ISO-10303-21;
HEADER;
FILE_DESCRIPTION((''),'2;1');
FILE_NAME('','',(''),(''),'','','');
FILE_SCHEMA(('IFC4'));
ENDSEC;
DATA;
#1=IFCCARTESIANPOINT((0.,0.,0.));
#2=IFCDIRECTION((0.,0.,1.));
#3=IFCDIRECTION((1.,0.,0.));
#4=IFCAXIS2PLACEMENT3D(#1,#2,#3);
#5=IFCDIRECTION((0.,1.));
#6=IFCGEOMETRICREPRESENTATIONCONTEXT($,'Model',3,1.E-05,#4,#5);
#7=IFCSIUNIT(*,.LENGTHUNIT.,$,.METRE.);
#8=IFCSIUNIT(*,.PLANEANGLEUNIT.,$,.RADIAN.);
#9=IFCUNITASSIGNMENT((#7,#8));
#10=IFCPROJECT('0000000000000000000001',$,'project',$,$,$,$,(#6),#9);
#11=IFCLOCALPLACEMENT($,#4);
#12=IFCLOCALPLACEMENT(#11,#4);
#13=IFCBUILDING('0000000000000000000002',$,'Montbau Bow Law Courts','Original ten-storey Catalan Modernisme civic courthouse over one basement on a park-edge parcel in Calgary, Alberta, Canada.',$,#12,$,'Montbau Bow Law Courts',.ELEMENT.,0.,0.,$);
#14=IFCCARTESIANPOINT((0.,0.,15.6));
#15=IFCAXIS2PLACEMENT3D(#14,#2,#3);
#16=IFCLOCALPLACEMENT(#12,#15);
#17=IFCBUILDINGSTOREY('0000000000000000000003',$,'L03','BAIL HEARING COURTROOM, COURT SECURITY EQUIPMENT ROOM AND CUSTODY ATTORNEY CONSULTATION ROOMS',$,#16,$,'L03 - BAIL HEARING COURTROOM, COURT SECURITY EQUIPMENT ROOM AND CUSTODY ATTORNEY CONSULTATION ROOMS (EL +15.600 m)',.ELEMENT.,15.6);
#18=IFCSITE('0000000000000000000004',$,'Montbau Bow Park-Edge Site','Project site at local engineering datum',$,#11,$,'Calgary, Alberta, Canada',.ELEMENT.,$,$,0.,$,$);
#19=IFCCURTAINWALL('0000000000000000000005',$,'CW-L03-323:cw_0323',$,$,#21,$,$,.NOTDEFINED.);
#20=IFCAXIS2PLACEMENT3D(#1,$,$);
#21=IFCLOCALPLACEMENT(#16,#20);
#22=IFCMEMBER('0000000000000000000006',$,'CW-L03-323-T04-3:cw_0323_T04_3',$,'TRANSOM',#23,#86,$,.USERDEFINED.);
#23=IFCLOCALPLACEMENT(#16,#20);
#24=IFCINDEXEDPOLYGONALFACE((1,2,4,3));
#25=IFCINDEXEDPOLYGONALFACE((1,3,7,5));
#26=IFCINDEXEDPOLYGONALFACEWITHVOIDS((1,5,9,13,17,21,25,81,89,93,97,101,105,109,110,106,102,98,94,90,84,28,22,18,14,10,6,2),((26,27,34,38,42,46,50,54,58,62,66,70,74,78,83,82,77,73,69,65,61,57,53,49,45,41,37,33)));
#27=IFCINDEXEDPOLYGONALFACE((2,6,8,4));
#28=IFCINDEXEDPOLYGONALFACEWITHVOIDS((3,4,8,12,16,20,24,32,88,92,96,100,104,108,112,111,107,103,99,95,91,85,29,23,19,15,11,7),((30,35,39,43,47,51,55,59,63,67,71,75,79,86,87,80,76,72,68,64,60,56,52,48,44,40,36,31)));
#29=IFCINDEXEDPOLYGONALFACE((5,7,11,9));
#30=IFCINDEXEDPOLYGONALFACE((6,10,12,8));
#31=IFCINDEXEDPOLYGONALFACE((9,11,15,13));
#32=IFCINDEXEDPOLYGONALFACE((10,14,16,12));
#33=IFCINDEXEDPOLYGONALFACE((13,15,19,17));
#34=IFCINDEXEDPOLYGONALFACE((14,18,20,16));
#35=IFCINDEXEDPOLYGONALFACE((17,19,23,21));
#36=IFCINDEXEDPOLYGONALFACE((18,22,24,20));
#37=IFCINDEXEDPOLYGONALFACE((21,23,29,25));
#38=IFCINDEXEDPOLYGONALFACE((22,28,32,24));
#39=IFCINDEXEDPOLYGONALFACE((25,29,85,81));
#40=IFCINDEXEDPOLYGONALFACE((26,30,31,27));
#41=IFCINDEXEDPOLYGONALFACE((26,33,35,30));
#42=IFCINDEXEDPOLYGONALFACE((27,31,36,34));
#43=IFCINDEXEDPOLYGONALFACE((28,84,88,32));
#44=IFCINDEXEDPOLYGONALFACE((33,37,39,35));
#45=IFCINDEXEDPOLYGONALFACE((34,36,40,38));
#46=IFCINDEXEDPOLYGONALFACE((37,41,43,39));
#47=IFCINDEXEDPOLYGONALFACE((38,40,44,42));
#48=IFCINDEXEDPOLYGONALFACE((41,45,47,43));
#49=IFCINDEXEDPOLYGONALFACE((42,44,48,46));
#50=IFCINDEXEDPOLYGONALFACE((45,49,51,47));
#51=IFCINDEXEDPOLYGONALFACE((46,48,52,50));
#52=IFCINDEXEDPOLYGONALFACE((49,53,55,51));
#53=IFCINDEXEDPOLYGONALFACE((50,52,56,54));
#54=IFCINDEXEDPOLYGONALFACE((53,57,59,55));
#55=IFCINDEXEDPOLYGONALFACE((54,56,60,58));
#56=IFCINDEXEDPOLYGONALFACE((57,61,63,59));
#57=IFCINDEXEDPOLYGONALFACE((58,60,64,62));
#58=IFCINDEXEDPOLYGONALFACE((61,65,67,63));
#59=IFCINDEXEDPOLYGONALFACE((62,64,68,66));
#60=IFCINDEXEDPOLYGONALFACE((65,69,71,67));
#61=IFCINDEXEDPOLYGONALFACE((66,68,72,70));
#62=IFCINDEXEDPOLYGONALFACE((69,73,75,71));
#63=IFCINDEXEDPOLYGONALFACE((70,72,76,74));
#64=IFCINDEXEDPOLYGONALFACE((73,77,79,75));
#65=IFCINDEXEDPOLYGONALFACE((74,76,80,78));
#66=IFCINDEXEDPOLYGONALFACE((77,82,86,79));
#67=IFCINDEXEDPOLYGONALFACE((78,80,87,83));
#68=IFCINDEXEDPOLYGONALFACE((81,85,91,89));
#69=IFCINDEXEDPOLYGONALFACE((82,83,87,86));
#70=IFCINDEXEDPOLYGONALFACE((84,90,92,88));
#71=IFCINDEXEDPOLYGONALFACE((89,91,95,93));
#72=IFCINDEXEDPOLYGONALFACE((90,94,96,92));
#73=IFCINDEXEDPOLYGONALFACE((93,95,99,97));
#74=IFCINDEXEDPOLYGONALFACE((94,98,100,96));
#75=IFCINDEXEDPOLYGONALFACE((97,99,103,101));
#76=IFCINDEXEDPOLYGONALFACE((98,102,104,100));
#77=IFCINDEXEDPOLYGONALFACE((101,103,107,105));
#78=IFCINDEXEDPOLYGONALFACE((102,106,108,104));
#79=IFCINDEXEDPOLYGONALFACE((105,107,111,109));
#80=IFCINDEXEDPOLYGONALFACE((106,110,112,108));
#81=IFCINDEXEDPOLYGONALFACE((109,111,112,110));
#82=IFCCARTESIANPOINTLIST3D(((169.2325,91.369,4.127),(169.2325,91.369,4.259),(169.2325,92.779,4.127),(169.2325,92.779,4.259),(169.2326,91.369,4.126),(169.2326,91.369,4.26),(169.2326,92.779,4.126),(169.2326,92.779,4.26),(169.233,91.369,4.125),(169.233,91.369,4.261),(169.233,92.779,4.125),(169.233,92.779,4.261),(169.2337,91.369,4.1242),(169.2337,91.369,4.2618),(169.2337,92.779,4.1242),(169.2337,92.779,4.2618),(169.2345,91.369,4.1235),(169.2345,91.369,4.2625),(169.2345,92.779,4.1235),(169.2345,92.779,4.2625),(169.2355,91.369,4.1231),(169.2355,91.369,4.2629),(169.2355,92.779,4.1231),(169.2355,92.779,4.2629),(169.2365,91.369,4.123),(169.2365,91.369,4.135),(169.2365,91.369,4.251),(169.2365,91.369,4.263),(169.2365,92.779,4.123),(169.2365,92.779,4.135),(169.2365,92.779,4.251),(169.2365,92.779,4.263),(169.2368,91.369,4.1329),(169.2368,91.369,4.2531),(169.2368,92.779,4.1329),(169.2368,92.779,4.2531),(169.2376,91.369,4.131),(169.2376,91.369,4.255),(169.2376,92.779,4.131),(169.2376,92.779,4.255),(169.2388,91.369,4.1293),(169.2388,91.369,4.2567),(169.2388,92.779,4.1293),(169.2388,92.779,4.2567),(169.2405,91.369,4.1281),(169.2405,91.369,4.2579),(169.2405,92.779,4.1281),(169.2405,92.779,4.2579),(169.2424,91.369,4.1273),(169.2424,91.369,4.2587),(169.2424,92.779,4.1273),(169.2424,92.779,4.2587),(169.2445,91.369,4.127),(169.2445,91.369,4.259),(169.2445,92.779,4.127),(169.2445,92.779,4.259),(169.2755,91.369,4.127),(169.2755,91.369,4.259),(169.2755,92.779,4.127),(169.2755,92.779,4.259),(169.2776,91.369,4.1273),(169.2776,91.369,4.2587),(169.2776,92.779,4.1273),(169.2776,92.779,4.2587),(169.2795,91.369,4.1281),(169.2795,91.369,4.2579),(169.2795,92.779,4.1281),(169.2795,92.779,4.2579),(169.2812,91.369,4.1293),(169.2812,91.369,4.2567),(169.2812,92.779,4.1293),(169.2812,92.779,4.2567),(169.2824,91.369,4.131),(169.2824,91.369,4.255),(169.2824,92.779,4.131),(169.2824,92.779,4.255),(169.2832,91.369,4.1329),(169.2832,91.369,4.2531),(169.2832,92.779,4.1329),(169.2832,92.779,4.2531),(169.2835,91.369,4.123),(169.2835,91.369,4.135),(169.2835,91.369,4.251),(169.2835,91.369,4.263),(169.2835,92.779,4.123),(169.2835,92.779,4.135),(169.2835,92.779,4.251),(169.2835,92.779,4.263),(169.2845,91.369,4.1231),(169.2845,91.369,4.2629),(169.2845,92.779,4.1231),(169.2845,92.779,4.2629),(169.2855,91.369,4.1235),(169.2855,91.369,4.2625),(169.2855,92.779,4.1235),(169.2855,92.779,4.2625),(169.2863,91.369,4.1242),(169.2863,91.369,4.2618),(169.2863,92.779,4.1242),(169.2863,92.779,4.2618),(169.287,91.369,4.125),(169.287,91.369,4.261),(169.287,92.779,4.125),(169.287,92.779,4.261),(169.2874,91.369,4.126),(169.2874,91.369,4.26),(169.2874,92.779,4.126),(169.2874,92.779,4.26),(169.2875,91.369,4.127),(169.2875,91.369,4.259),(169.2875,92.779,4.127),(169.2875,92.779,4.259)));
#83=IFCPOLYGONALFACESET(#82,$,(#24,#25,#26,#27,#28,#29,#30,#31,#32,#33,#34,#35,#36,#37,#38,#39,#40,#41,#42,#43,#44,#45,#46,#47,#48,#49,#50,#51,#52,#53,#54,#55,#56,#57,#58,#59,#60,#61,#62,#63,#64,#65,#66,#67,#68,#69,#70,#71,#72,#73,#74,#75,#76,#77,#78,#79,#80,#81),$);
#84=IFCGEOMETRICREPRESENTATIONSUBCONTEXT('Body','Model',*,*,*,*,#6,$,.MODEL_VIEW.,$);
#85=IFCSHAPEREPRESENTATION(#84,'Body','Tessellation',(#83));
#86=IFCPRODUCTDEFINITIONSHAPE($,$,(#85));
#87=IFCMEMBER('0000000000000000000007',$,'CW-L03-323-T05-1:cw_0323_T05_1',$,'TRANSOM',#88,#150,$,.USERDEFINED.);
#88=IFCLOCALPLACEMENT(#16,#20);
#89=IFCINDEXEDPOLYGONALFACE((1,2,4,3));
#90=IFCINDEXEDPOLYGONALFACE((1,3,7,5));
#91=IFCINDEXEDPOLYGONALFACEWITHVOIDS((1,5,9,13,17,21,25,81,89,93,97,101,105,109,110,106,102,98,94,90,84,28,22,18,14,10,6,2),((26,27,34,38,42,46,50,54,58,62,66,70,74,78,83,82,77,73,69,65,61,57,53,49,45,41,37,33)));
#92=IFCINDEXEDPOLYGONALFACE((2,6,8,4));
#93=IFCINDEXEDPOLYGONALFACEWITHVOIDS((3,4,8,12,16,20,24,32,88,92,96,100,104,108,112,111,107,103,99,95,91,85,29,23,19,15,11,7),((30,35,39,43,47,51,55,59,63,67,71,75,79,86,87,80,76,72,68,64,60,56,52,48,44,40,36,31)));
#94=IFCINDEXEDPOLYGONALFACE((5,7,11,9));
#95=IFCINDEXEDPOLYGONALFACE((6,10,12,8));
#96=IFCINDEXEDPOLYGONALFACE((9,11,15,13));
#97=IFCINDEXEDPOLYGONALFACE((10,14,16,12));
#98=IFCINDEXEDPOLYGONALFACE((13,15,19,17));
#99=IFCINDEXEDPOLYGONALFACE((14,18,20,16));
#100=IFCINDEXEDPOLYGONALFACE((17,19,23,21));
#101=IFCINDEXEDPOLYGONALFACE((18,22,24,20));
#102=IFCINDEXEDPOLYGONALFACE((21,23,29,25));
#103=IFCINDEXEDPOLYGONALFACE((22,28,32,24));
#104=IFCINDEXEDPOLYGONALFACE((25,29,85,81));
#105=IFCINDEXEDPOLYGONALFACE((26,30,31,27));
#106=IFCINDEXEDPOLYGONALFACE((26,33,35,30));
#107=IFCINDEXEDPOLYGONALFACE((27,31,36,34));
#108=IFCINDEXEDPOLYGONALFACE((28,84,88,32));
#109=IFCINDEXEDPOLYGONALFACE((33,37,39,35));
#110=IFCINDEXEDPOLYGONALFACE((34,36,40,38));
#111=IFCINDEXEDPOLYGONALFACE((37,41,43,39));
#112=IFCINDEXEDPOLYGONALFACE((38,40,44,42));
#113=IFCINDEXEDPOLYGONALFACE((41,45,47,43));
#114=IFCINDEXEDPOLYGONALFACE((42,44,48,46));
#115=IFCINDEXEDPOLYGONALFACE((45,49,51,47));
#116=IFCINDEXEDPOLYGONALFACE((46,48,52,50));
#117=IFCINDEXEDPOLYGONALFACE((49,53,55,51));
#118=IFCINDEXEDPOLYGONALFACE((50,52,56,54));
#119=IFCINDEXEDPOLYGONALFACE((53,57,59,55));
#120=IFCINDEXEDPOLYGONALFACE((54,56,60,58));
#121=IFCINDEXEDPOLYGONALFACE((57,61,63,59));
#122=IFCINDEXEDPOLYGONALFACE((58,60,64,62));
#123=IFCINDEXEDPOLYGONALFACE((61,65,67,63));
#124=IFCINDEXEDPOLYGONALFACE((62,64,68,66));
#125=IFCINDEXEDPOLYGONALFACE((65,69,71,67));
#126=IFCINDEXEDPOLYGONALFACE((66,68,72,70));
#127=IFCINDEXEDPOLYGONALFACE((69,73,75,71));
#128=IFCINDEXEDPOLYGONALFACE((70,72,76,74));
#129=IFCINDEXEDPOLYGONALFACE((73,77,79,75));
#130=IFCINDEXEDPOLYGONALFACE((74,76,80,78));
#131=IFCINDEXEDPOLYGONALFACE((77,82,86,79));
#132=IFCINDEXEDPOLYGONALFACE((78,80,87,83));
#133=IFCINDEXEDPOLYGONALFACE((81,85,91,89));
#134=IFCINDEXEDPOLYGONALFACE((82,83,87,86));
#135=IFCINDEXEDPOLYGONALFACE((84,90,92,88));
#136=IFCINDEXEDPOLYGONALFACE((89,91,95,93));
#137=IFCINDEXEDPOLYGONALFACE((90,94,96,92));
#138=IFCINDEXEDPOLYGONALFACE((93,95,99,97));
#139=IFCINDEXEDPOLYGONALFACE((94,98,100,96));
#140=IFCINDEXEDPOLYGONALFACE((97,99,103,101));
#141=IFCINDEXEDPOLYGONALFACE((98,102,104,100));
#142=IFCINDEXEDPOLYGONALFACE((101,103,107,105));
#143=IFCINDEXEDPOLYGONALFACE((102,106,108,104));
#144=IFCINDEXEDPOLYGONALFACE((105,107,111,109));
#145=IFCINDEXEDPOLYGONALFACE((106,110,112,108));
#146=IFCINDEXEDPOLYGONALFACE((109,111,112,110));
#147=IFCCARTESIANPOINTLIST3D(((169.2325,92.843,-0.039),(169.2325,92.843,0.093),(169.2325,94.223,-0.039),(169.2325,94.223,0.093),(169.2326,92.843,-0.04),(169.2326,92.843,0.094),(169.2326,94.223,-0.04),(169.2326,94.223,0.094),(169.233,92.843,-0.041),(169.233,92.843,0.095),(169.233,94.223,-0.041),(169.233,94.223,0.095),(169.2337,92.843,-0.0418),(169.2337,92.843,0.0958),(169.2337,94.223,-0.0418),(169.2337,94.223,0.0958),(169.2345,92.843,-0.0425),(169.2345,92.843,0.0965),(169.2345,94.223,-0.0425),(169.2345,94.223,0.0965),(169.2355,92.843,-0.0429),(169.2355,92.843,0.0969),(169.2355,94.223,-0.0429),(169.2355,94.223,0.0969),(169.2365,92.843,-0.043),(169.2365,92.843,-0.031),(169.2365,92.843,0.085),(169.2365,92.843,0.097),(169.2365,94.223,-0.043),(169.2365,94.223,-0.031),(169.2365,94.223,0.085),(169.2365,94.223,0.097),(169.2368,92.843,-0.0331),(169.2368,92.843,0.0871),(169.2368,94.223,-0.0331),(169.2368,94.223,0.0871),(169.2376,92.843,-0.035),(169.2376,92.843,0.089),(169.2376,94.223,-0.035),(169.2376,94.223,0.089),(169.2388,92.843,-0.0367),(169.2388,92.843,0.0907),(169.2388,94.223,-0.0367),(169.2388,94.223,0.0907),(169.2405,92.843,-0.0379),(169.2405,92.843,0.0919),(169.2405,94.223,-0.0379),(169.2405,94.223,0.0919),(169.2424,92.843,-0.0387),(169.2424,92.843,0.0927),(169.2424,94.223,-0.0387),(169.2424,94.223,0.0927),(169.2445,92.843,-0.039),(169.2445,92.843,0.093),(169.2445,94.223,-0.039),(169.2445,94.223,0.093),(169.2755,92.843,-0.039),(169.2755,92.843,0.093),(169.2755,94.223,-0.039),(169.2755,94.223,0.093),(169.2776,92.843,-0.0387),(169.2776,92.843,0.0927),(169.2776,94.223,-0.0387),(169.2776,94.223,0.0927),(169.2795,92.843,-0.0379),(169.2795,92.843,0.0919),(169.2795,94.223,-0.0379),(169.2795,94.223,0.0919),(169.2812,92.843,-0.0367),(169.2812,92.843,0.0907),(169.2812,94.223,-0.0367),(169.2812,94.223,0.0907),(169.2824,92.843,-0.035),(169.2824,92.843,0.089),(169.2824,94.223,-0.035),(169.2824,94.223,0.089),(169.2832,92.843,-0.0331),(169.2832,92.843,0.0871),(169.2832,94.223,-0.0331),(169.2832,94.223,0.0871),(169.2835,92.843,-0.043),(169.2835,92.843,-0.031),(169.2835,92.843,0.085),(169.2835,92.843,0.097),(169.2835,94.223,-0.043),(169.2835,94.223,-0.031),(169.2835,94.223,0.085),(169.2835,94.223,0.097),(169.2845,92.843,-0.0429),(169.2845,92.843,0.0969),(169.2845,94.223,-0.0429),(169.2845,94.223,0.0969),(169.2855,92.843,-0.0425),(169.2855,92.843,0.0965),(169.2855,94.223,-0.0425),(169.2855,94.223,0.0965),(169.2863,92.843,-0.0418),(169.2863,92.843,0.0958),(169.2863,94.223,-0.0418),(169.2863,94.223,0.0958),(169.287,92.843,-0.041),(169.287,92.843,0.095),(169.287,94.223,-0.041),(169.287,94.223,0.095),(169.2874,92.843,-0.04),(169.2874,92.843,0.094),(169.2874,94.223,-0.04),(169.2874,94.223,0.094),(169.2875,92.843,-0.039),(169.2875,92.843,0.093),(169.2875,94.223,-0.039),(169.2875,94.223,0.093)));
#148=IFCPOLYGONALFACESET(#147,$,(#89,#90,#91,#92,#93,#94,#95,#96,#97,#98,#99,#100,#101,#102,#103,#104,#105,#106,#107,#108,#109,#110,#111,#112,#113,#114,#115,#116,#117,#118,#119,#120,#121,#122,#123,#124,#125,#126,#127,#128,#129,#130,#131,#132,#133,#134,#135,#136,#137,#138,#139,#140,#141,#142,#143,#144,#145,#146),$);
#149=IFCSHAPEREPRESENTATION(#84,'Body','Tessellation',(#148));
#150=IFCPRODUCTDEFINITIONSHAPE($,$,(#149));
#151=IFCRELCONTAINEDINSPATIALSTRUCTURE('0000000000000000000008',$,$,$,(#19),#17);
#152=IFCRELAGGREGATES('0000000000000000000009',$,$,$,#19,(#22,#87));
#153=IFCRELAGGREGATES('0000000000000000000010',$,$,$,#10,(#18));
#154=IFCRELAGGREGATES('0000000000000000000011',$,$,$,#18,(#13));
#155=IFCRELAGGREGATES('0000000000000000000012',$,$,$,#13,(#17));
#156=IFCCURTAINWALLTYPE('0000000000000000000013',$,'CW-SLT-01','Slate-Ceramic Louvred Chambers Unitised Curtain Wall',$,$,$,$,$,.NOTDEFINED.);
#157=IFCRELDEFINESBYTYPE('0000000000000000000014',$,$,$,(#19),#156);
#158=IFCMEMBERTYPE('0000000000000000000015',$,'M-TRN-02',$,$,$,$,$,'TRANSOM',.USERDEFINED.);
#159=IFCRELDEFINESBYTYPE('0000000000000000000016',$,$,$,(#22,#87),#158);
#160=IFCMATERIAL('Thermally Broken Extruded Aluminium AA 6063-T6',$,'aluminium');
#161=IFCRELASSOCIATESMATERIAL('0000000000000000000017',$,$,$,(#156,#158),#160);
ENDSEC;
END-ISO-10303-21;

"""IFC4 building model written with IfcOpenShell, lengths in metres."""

from ifc_helpers import new_model, si_unit, direction, frame, origin_with_axes, origin_2d_with_axis, place, context, subcontext, project, spatial, hollow_rectangle, extrude, material, material_profile, profile_set, type_object, element, aggregate, save


model = new_model("IFC4")

# Units and contexts
model_context = context("Model", 3, precision=1e-05, world=origin_with_axes(), true_north=direction((0.0, 1.0)))
body_context = subcontext(model_context, "Body", "Model", "MODEL_VIEW")
ifc_project = project(units=[si_unit("LENGTHUNIT", "METRE"), si_unit("PLANEANGLEUNIT", "RADIAN")], contexts=[model_context])

# Site, building, storey
site_placement = place(None, origin_with_axes())
site = spatial("IfcSite", under=ifc_project, at=site_placement, Name="Montbau Bow Park-Edge Site", Description="Project site at local engineering datum", LongName="Calgary, Alberta, Canada", CompositionType="ELEMENT", RefElevation=0.0)
building_placement = place(site_placement, origin_with_axes())
building = spatial("IfcBuilding", under=site, at=building_placement, Name="Montbau Bow Law Courts", Description="Original ten-storey Catalan Modernisme civic courthouse over one basement on a park-edge parcel in Calgary, Alberta, Canada.", LongName="Montbau Bow Law Courts", CompositionType="ELEMENT", ElevationOfRefHeight=0.0, ElevationOfTerrain=0.0)
storey_placement = place(building_placement, frame((0.0, 0.0, 15.6), z_axis=(0.0, 0.0, 1.0), x_axis=(1.0, 0.0, 0.0)))
storey = spatial("IfcBuildingStorey", under=building, at=storey_placement, Name="L03", Description="BAIL HEARING COURTROOM, COURT SECURITY EQUIPMENT ROOM AND CUSTODY ATTORNEY CONSULTATION ROOMS", LongName="L03 - BAIL HEARING COURTROOM, COURT SECURITY EQUIPMENT ROOM AND CUSTODY ATTORNEY CONSULTATION ROOMS (EL +15.600 m)", CompositionType="ELEMENT", Elevation=15.6)

# Curtain wall, members
ifc_material_1 = material(Name="Thermally Broken Extruded Aluminium AA 6063-T6", Category="aluminium")
curtain_wall_type = type_object("IfcCurtainWallType", Name="CW-SLT-01", Description="Slate-Ceramic Louvred Chambers Unitised Curtain Wall", PredefinedType="NOTDEFINED", material=ifc_material_1)
curtain_wall_placement = place(None, frame((169.26, 86.915, 15.6), z_axis=(0.0, 0.0, 1.0), x_axis=(1.0, 0.0, 0.0)))
curtain_wall = element("IfcCurtainWall", 1, at=curtain_wall_placement, inside=storey, type_object=curtain_wall_type, Name="CW-L03-323:cw_0323", PredefinedType="NOTDEFINED")
ifc_material_profile_1 = material_profile(ifc_material_1, hollow_rectangle(XDim=0.055, YDim=0.14, WallThickness=0.004, InnerFilletRadius=0.008, OuterFilletRadius=0.004, at=origin_2d_with_axis()), Name="CWT-140X55", Category="Main", Priority=0)
ifc_profile_set_1 = profile_set([ifc_material_profile_1], Name="Thermally Broken Extruded Aluminium AA 6063-T6")
member_type_1 = type_object("IfcMemberType", Name="M-TRN-02", ElementType="TRANSOM", PredefinedType="USERDEFINED", material=ifc_profile_set_1)
member_1_placement = place(None, frame((169.26, 91.369, 19.793), z_axis=(0.0, 1.0, 0.0), x_axis=(-1.0, 0.0, 0.0)))
member_1 = element("IfcMember", 2, at=member_1_placement, type_object=member_type_1, Name="CW-L03-323-T04-3:cw_0323_T04_3", ObjectType="TRANSOM", PredefinedType="USERDEFINED", context=body_context, shape_type="SweptSolid", body=[
    extrude(hollow_rectangle(XDim=0.055, YDim=0.14, WallThickness=0.004, InnerFilletRadius=0.008, OuterFilletRadius=0.004, at=origin_2d_with_axis()), origin_with_axes(), (0.0, 0.0, 1.0), 1.41),
])
member_2_placement = place(None, frame((169.26, 92.843, 15.627), z_axis=(0.0, 1.0, 0.0), x_axis=(-1.0, 0.0, 0.0)))
member_2 = element("IfcMember", 3, at=member_2_placement, type_object=member_type_1, Name="CW-L03-323-T05-1:cw_0323_T05_1", ObjectType="TRANSOM", PredefinedType="USERDEFINED", context=body_context, shape_type="SweptSolid", body=[
    extrude(hollow_rectangle(XDim=0.055, YDim=0.14, WallThickness=0.004, InnerFilletRadius=0.008, OuterFilletRadius=0.004, at=origin_2d_with_axis()), origin_with_axes(), (0.0, 0.0, 1.0), 1.38),
])
aggregate(curtain_wall, [member_1, member_2])

save(model, "model.ifc")
